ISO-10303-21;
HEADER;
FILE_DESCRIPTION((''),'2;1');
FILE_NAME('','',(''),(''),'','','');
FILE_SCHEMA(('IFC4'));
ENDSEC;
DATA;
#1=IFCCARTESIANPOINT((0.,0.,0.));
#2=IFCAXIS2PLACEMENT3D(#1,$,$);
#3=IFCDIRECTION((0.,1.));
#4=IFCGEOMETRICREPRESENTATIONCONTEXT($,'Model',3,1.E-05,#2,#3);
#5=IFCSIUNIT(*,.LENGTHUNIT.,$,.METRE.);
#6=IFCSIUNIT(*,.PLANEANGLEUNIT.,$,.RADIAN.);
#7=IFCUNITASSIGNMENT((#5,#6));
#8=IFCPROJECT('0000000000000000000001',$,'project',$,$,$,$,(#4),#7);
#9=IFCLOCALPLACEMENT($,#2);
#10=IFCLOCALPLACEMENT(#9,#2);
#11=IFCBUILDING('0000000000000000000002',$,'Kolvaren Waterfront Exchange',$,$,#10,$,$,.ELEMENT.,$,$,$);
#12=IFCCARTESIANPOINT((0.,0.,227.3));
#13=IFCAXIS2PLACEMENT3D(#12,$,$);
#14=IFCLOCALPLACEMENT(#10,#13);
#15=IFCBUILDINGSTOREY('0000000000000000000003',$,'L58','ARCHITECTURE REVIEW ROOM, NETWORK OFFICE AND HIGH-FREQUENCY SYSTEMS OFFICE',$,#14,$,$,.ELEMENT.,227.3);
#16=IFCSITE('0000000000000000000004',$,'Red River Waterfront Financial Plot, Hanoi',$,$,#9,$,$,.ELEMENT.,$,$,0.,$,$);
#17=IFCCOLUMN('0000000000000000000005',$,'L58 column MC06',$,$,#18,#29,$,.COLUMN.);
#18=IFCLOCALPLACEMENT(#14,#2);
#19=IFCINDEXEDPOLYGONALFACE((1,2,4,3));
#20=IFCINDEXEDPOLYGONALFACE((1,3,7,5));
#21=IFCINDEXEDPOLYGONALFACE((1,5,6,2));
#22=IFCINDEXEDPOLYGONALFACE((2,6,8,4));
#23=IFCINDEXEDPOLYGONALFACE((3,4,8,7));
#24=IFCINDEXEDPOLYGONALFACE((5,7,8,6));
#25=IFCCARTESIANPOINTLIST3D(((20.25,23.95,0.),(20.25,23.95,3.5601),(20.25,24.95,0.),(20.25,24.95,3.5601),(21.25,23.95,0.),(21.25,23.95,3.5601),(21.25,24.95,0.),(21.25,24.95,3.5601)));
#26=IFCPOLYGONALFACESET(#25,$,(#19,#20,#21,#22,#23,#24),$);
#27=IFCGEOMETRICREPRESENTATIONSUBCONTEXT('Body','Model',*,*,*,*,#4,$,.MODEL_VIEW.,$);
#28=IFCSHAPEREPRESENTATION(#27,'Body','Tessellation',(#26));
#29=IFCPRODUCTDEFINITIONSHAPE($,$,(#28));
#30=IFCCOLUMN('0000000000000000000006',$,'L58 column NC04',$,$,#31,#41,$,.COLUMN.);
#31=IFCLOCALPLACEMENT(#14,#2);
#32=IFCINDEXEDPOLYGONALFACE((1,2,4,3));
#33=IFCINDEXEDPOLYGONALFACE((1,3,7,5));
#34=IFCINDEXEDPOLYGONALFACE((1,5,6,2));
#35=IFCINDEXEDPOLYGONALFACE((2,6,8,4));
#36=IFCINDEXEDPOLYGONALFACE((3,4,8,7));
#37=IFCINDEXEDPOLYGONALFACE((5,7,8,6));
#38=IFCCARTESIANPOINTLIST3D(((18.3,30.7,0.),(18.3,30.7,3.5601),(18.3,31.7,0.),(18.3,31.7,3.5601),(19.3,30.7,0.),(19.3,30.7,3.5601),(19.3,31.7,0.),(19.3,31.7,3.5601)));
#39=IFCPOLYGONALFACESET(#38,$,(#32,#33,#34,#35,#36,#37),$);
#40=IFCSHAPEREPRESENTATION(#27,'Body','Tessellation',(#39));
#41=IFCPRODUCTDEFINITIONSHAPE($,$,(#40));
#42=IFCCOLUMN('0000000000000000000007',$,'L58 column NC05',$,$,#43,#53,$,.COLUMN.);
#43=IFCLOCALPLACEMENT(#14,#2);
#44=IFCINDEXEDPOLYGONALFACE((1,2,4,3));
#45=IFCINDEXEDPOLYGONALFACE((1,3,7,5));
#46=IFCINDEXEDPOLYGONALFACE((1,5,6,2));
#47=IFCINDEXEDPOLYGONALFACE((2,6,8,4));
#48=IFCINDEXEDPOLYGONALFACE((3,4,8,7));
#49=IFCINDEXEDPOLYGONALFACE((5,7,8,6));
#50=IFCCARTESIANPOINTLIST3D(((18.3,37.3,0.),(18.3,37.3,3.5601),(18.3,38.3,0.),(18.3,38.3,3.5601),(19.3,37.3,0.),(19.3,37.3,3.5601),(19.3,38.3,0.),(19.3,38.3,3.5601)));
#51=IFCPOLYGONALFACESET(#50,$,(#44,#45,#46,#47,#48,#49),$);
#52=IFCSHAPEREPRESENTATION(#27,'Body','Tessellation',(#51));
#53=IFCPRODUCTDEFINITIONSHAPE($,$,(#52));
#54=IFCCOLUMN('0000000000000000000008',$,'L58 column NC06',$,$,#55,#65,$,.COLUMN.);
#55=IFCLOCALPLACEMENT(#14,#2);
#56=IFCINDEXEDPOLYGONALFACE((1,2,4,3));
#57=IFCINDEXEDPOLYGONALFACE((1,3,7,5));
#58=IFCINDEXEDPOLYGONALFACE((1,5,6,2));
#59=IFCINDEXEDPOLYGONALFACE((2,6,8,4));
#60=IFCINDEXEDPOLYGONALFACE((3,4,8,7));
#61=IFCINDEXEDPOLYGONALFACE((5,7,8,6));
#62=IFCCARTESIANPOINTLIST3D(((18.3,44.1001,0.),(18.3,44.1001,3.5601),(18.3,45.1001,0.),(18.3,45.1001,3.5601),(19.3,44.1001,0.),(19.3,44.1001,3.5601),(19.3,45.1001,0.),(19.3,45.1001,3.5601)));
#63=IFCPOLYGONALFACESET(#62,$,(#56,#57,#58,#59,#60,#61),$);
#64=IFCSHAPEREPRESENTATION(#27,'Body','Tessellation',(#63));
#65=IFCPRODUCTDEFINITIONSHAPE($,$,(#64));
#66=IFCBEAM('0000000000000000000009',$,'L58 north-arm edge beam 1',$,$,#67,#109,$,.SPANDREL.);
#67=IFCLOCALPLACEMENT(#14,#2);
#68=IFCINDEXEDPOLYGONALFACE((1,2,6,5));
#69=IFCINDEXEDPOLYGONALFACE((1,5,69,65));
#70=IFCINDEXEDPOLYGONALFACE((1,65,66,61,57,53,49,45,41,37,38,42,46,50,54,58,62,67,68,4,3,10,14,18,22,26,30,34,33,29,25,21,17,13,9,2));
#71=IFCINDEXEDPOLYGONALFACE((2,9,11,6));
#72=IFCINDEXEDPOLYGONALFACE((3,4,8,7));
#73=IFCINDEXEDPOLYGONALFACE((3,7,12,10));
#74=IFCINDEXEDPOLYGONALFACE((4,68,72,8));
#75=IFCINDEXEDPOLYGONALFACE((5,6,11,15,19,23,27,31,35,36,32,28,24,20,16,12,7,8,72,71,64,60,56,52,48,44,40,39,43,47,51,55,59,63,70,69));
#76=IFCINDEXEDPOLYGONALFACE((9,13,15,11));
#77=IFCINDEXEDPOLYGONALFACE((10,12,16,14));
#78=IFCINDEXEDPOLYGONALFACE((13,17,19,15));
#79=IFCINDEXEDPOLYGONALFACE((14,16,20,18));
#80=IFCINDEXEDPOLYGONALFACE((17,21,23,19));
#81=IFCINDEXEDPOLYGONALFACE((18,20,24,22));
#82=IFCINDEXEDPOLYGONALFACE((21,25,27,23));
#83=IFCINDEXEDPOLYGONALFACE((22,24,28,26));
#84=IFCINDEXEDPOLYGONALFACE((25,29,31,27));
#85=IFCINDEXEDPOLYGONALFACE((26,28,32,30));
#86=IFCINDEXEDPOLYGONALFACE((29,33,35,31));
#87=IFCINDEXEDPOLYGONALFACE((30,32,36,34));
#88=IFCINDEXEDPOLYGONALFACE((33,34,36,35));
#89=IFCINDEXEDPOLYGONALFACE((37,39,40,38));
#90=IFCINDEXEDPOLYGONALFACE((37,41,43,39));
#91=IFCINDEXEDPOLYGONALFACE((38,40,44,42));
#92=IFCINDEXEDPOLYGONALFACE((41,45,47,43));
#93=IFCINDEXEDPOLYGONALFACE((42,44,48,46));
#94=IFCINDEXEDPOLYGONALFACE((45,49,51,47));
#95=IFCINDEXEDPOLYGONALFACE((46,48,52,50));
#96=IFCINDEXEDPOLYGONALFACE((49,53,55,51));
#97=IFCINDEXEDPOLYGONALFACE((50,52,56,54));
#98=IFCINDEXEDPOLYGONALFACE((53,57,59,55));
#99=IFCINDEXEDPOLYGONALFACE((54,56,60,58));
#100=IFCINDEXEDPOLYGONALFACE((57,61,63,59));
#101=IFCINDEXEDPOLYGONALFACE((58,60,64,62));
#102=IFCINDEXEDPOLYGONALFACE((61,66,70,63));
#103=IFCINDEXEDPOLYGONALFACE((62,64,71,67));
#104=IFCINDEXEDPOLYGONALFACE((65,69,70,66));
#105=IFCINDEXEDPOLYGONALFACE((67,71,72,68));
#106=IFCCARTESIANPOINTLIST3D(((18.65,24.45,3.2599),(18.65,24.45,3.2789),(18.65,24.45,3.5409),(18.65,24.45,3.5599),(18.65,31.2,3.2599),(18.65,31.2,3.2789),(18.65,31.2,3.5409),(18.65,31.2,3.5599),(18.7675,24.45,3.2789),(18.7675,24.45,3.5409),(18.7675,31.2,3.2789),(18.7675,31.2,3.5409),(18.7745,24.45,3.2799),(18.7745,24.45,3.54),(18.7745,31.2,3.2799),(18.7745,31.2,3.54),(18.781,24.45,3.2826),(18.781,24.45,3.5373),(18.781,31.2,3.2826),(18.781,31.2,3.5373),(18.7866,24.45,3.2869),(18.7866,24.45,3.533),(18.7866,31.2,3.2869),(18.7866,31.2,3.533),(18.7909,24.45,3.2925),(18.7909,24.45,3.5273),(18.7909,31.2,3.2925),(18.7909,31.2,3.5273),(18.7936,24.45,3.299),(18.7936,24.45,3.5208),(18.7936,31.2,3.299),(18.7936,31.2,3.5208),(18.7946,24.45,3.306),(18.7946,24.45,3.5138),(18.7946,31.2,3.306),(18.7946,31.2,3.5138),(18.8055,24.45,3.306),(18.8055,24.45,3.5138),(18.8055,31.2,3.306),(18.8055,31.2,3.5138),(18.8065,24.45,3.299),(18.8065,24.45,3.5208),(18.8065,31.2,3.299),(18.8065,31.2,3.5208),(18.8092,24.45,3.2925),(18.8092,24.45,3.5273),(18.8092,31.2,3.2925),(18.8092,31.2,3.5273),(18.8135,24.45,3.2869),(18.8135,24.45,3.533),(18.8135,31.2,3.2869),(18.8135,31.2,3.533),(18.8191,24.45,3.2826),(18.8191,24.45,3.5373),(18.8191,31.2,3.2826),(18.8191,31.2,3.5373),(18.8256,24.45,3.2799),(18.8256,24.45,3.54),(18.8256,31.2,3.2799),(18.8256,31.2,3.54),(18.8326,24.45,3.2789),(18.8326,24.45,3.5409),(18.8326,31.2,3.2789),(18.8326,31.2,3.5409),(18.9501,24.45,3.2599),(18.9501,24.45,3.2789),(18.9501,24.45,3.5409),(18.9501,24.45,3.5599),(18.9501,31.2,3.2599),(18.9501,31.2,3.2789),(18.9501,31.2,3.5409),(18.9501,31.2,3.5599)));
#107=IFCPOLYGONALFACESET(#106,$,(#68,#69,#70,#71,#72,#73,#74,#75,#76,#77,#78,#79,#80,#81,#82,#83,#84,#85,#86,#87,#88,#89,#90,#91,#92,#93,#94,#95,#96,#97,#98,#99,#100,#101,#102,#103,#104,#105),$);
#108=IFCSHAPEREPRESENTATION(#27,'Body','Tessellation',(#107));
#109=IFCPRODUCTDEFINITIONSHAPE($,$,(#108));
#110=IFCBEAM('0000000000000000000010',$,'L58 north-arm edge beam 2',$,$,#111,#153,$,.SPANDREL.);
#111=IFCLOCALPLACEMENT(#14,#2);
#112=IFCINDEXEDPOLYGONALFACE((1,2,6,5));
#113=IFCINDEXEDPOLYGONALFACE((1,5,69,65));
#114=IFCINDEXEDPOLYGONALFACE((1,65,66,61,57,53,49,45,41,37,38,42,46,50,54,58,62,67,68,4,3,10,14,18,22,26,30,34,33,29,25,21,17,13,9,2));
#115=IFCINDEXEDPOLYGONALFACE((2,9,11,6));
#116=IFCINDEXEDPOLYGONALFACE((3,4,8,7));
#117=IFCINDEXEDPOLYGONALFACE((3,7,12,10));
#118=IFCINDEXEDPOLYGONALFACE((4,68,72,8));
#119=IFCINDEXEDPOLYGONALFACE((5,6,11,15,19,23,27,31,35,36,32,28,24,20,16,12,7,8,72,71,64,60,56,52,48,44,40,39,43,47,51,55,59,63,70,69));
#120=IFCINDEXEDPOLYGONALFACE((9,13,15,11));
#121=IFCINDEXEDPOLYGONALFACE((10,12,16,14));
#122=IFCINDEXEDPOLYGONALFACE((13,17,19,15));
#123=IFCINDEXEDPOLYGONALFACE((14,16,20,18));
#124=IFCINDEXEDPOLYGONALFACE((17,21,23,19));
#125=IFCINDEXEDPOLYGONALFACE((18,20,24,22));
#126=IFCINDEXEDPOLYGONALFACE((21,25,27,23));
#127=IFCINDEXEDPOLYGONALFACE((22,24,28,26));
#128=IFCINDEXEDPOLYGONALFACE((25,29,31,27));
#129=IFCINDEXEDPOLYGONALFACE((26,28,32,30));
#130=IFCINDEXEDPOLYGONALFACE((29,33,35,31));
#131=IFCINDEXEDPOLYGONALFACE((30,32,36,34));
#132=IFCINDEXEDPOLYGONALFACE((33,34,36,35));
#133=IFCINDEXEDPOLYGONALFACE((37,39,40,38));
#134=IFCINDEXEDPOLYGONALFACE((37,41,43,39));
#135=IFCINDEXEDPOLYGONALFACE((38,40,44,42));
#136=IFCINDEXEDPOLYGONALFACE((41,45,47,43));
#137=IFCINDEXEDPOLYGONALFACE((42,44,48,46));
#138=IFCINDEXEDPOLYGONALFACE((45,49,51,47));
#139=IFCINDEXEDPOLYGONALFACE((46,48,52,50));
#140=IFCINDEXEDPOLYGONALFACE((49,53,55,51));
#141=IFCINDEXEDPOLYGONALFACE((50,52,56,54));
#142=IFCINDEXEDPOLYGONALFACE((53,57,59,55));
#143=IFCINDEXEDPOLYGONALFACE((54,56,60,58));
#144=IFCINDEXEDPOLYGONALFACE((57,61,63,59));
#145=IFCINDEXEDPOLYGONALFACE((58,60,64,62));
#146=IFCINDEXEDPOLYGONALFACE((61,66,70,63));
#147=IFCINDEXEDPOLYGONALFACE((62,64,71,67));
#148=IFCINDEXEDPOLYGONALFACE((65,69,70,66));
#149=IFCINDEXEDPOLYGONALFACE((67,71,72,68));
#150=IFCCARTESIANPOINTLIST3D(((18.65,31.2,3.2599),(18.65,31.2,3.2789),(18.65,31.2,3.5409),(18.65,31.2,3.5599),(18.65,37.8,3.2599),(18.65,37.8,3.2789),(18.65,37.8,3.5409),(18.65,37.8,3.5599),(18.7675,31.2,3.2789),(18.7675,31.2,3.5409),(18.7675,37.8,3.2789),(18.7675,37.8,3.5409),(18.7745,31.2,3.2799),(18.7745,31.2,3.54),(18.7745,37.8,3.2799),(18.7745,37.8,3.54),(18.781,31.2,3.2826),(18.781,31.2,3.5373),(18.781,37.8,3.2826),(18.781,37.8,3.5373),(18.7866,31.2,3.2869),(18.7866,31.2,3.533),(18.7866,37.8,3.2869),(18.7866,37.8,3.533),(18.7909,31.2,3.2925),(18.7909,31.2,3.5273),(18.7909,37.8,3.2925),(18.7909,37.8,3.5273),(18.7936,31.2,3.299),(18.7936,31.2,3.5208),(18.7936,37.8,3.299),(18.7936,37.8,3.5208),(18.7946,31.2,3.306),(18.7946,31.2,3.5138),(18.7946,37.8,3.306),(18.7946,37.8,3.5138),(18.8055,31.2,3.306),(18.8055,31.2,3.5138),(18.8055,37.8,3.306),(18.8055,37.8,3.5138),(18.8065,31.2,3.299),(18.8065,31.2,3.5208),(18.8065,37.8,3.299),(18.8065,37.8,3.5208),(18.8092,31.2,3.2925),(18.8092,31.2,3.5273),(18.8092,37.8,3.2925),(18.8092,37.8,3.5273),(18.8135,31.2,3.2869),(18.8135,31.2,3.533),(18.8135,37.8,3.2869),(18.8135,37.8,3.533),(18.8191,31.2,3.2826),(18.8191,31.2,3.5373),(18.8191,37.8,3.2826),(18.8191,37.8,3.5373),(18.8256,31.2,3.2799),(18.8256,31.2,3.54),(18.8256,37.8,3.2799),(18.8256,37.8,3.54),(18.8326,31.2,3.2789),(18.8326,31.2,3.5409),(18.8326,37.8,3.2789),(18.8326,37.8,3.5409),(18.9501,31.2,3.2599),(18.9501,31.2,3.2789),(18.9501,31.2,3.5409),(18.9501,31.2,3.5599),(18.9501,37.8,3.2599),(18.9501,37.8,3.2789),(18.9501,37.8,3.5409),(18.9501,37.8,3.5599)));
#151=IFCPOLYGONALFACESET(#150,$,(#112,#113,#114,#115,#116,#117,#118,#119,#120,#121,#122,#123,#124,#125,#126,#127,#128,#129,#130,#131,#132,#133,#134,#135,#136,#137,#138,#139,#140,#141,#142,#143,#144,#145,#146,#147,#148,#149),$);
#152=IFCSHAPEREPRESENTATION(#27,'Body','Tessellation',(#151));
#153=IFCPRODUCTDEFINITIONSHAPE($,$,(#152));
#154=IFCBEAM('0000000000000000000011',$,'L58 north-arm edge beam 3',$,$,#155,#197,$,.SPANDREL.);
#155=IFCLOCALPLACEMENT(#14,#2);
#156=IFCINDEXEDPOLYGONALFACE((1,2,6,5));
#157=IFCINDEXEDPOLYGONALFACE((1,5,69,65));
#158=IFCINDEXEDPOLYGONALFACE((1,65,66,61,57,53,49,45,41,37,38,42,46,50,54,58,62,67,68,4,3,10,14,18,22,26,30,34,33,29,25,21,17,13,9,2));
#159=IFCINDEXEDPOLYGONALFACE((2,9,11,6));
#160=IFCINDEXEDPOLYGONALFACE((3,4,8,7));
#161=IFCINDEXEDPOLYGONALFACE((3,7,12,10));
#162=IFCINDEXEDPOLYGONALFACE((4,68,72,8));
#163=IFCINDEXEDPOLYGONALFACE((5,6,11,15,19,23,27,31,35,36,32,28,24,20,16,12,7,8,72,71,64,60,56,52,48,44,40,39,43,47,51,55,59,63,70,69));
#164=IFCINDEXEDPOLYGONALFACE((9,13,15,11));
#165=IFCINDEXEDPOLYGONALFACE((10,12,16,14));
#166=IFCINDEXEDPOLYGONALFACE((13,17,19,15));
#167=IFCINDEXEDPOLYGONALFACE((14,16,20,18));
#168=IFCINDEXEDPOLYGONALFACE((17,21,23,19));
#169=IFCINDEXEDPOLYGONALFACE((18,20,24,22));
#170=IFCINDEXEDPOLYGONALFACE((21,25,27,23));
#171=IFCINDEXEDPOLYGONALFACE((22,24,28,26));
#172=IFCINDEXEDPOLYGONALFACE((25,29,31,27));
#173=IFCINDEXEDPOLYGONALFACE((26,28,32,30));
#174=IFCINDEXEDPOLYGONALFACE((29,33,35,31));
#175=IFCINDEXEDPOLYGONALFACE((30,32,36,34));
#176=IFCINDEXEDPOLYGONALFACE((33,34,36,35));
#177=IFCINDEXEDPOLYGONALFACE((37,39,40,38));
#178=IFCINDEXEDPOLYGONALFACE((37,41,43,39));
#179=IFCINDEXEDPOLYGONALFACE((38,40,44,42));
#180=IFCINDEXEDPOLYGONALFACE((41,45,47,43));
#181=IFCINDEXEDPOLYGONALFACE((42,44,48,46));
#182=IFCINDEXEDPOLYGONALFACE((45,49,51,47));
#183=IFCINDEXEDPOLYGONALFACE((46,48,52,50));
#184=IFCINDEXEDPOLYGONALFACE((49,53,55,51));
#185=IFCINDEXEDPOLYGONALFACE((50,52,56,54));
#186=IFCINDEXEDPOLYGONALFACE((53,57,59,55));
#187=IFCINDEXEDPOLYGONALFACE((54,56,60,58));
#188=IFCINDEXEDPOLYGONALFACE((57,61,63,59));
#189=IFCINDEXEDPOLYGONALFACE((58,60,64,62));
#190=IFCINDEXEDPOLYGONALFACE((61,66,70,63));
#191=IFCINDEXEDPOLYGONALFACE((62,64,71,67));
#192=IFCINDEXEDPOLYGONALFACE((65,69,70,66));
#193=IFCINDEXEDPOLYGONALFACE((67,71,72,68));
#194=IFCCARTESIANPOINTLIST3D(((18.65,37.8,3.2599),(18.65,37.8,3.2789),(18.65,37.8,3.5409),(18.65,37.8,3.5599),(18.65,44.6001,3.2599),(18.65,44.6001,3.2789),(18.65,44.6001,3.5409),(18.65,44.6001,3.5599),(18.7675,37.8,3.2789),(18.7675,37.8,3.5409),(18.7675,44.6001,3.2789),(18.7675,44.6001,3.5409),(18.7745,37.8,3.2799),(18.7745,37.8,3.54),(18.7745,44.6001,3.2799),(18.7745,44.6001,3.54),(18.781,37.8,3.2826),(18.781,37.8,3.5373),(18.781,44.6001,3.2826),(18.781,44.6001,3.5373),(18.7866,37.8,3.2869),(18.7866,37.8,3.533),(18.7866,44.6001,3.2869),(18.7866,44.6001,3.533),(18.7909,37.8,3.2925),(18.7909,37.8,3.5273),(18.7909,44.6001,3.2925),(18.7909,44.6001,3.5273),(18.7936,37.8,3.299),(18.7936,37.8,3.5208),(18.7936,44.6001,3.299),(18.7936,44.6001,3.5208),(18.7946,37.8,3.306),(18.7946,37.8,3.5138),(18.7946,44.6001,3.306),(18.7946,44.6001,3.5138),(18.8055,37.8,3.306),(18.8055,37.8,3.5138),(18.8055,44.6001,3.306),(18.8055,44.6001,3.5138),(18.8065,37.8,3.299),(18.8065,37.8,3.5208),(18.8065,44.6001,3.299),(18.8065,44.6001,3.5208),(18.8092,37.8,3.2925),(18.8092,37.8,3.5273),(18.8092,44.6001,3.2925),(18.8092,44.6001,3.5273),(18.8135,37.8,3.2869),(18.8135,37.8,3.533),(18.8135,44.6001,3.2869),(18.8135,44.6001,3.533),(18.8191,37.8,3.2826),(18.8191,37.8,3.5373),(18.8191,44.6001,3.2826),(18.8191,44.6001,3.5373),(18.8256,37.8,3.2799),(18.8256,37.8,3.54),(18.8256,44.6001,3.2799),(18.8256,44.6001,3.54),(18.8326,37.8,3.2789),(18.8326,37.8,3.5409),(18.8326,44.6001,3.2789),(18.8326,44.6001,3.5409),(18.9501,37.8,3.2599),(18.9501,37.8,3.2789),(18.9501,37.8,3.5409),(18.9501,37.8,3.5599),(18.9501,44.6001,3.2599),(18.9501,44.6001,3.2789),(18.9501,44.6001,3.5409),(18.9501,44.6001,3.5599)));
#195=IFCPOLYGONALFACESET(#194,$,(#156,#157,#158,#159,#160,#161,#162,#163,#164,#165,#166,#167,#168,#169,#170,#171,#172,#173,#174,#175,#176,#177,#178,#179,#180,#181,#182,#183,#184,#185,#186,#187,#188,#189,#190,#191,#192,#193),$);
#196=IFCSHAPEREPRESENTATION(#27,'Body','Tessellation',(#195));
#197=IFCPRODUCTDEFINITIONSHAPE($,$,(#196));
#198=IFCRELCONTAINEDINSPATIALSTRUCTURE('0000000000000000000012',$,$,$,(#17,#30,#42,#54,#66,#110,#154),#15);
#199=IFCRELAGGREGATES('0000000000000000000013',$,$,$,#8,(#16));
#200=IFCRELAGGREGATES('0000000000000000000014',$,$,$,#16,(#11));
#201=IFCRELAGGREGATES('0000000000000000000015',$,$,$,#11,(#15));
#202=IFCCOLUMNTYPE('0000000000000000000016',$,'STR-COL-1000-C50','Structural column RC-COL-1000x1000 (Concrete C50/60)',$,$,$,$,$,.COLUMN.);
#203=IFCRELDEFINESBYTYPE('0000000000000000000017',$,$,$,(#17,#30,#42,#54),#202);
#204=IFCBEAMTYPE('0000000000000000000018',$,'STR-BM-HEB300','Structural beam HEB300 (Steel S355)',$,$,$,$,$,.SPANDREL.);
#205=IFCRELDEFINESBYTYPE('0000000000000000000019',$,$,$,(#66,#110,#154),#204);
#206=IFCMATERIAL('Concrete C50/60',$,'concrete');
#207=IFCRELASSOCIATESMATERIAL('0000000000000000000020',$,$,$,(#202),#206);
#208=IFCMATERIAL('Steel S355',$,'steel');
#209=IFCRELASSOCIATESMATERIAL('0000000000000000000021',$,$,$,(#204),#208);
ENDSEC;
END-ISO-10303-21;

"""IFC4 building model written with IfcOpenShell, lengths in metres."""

from ifc_helpers import new_model, si_unit, direction, frame, origin, origin_2d, place, context, subcontext, project, spatial, rectangle, i_section, extrude, material, material_profile, profile_set, type_object, element, save


model = new_model("IFC4")

# Units and contexts
model_context = context("Model", 3, precision=1e-05, world=origin(), true_north=direction((0.0, 1.0)))
body_context = subcontext(model_context, "Body", "Model", "MODEL_VIEW")
ifc_project = project(units=[si_unit("LENGTHUNIT", "METRE"), si_unit("PLANEANGLEUNIT", "RADIAN")], contexts=[model_context])

# Site, building, storey
site_placement = place(None, origin())
site = spatial("IfcSite", under=ifc_project, at=site_placement, Name="Red River Waterfront Financial Plot, Hanoi", CompositionType="ELEMENT", RefElevation=0.0)
building_placement = place(site_placement, origin())
building = spatial("IfcBuilding", under=site, at=building_placement, Name="Kolvaren Waterfront Exchange", CompositionType="ELEMENT")
storey_placement = place(building_placement, frame((0.0, 0.0, 227.3)))
storey = spatial("IfcBuildingStorey", under=building, at=storey_placement, Name="L58", Description="ARCHITECTURE REVIEW ROOM, NETWORK OFFICE AND HIGH-FREQUENCY SYSTEMS OFFICE", CompositionType="ELEMENT", Elevation=227.3)

# Columns
ifc_material_1 = material(Name="Concrete C50/60", Category="concrete")
ifc_material_profile_1 = material_profile(ifc_material_1, rectangle(XDim=1.0, YDim=1.0, at=origin_2d()), Name="RC-COL-1000x1000")
ifc_profile_set_1 = profile_set([ifc_material_profile_1], Name="Concrete C50/60")
column_type = type_object("IfcColumnType", Name="STR-COL-1000-C50", Description="Structural column RC-COL-1000x1000 (Concrete C50/60)", PredefinedType="COLUMN", material=ifc_profile_set_1)
for number, where, z_axis, x_axis, name in (
    (1, (20.75, 24.45, 0.0), (0.0, 0.0, 1.0), (1.0, 0.0, 0.0), "L58 column MC06"),
    (2, (18.8, 31.2, 0.0), (0.0, 0.0, 1.0), (1.0, 0.0, 0.0), "L58 column NC04"),
    (3, (18.8, 37.8, 0.0), (0.0, 0.0, 1.0), (1.0, 0.0, 0.0), "L58 column NC05"),
    (4, (18.8, 44.6001, 0.0), (0.0, 0.0, 1.0), (1.0, 0.0, 0.0), "L58 column NC06"),
):
    element("IfcColumn", number, at=place(storey_placement, frame(where, z_axis=z_axis, x_axis=x_axis)), inside=storey, type_object=column_type, Name=name, PredefinedType="COLUMN", context=body_context, shape_type="SweptSolid", body=[
        extrude(rectangle(XDim=1.0, YDim=1.0, at=origin_2d()), origin(), (0.0, 0.0, 1.0), 3.5601),
    ])

# Beams
ifc_material_2 = material(Name="Steel S355", Category="steel")
ifc_material_profile_2 = material_profile(ifc_material_2, i_section(OverallWidth=0.3, OverallDepth=0.3, WebThickness=0.011, FlangeThickness=0.019, FilletRadius=0.0271, at=origin_2d()), Name="HEB300")
ifc_profile_set_2 = profile_set([ifc_material_profile_2], Name="Steel S355")
beam_type = type_object("IfcBeamType", Name="STR-BM-HEB300", Description="Structural beam HEB300 (Steel S355)", PredefinedType="SPANDREL", material=ifc_profile_set_2)
beam_1_placement = place(storey_placement, frame((18.8, 24.45, 3.4099), z_axis=(0.0, 1.0, 0.0), x_axis=(-1.0, 0.0, 0.0)))
element("IfcBeam", 5, at=beam_1_placement, inside=storey, type_object=beam_type, Name="L58 north-arm edge beam 1", PredefinedType="SPANDREL", context=body_context, shape_type="SweptSolid", body=[
    extrude(i_section(OverallWidth=0.3, OverallDepth=0.3, WebThickness=0.011, FlangeThickness=0.019, FilletRadius=0.0271, at=origin_2d()), origin(), (0.0, 0.0, 1.0), 6.75),
])
beam_2_placement = place(storey_placement, frame((18.8, 31.2, 3.4099), z_axis=(0.0, 1.0, 0.0), x_axis=(-1.0, 0.0, 0.0)))
element("IfcBeam", 6, at=beam_2_placement, inside=storey, type_object=beam_type, Name="L58 north-arm edge beam 2", PredefinedType="SPANDREL", context=body_context, shape_type="SweptSolid", body=[
    extrude(i_section(OverallWidth=0.3, OverallDepth=0.3, WebThickness=0.011, FlangeThickness=0.019, FilletRadius=0.0271, at=origin_2d()), origin(), (0.0, 0.0, 1.0), 6.6001),
])
beam_3_placement = place(storey_placement, frame((18.8, 37.8, 3.4099), z_axis=(0.0, 1.0, 0.0), x_axis=(-1.0, 0.0, 0.0)))
element("IfcBeam", 7, at=beam_3_placement, inside=storey, type_object=beam_type, Name="L58 north-arm edge beam 3", PredefinedType="SPANDREL", context=body_context, shape_type="SweptSolid", body=[
    extrude(i_section(OverallWidth=0.3, OverallDepth=0.3, WebThickness=0.011, FlangeThickness=0.019, FilletRadius=0.0271, at=origin_2d()), origin(), (0.0, 0.0, 1.0), 6.8),
])

save(model, "model.ifc")
